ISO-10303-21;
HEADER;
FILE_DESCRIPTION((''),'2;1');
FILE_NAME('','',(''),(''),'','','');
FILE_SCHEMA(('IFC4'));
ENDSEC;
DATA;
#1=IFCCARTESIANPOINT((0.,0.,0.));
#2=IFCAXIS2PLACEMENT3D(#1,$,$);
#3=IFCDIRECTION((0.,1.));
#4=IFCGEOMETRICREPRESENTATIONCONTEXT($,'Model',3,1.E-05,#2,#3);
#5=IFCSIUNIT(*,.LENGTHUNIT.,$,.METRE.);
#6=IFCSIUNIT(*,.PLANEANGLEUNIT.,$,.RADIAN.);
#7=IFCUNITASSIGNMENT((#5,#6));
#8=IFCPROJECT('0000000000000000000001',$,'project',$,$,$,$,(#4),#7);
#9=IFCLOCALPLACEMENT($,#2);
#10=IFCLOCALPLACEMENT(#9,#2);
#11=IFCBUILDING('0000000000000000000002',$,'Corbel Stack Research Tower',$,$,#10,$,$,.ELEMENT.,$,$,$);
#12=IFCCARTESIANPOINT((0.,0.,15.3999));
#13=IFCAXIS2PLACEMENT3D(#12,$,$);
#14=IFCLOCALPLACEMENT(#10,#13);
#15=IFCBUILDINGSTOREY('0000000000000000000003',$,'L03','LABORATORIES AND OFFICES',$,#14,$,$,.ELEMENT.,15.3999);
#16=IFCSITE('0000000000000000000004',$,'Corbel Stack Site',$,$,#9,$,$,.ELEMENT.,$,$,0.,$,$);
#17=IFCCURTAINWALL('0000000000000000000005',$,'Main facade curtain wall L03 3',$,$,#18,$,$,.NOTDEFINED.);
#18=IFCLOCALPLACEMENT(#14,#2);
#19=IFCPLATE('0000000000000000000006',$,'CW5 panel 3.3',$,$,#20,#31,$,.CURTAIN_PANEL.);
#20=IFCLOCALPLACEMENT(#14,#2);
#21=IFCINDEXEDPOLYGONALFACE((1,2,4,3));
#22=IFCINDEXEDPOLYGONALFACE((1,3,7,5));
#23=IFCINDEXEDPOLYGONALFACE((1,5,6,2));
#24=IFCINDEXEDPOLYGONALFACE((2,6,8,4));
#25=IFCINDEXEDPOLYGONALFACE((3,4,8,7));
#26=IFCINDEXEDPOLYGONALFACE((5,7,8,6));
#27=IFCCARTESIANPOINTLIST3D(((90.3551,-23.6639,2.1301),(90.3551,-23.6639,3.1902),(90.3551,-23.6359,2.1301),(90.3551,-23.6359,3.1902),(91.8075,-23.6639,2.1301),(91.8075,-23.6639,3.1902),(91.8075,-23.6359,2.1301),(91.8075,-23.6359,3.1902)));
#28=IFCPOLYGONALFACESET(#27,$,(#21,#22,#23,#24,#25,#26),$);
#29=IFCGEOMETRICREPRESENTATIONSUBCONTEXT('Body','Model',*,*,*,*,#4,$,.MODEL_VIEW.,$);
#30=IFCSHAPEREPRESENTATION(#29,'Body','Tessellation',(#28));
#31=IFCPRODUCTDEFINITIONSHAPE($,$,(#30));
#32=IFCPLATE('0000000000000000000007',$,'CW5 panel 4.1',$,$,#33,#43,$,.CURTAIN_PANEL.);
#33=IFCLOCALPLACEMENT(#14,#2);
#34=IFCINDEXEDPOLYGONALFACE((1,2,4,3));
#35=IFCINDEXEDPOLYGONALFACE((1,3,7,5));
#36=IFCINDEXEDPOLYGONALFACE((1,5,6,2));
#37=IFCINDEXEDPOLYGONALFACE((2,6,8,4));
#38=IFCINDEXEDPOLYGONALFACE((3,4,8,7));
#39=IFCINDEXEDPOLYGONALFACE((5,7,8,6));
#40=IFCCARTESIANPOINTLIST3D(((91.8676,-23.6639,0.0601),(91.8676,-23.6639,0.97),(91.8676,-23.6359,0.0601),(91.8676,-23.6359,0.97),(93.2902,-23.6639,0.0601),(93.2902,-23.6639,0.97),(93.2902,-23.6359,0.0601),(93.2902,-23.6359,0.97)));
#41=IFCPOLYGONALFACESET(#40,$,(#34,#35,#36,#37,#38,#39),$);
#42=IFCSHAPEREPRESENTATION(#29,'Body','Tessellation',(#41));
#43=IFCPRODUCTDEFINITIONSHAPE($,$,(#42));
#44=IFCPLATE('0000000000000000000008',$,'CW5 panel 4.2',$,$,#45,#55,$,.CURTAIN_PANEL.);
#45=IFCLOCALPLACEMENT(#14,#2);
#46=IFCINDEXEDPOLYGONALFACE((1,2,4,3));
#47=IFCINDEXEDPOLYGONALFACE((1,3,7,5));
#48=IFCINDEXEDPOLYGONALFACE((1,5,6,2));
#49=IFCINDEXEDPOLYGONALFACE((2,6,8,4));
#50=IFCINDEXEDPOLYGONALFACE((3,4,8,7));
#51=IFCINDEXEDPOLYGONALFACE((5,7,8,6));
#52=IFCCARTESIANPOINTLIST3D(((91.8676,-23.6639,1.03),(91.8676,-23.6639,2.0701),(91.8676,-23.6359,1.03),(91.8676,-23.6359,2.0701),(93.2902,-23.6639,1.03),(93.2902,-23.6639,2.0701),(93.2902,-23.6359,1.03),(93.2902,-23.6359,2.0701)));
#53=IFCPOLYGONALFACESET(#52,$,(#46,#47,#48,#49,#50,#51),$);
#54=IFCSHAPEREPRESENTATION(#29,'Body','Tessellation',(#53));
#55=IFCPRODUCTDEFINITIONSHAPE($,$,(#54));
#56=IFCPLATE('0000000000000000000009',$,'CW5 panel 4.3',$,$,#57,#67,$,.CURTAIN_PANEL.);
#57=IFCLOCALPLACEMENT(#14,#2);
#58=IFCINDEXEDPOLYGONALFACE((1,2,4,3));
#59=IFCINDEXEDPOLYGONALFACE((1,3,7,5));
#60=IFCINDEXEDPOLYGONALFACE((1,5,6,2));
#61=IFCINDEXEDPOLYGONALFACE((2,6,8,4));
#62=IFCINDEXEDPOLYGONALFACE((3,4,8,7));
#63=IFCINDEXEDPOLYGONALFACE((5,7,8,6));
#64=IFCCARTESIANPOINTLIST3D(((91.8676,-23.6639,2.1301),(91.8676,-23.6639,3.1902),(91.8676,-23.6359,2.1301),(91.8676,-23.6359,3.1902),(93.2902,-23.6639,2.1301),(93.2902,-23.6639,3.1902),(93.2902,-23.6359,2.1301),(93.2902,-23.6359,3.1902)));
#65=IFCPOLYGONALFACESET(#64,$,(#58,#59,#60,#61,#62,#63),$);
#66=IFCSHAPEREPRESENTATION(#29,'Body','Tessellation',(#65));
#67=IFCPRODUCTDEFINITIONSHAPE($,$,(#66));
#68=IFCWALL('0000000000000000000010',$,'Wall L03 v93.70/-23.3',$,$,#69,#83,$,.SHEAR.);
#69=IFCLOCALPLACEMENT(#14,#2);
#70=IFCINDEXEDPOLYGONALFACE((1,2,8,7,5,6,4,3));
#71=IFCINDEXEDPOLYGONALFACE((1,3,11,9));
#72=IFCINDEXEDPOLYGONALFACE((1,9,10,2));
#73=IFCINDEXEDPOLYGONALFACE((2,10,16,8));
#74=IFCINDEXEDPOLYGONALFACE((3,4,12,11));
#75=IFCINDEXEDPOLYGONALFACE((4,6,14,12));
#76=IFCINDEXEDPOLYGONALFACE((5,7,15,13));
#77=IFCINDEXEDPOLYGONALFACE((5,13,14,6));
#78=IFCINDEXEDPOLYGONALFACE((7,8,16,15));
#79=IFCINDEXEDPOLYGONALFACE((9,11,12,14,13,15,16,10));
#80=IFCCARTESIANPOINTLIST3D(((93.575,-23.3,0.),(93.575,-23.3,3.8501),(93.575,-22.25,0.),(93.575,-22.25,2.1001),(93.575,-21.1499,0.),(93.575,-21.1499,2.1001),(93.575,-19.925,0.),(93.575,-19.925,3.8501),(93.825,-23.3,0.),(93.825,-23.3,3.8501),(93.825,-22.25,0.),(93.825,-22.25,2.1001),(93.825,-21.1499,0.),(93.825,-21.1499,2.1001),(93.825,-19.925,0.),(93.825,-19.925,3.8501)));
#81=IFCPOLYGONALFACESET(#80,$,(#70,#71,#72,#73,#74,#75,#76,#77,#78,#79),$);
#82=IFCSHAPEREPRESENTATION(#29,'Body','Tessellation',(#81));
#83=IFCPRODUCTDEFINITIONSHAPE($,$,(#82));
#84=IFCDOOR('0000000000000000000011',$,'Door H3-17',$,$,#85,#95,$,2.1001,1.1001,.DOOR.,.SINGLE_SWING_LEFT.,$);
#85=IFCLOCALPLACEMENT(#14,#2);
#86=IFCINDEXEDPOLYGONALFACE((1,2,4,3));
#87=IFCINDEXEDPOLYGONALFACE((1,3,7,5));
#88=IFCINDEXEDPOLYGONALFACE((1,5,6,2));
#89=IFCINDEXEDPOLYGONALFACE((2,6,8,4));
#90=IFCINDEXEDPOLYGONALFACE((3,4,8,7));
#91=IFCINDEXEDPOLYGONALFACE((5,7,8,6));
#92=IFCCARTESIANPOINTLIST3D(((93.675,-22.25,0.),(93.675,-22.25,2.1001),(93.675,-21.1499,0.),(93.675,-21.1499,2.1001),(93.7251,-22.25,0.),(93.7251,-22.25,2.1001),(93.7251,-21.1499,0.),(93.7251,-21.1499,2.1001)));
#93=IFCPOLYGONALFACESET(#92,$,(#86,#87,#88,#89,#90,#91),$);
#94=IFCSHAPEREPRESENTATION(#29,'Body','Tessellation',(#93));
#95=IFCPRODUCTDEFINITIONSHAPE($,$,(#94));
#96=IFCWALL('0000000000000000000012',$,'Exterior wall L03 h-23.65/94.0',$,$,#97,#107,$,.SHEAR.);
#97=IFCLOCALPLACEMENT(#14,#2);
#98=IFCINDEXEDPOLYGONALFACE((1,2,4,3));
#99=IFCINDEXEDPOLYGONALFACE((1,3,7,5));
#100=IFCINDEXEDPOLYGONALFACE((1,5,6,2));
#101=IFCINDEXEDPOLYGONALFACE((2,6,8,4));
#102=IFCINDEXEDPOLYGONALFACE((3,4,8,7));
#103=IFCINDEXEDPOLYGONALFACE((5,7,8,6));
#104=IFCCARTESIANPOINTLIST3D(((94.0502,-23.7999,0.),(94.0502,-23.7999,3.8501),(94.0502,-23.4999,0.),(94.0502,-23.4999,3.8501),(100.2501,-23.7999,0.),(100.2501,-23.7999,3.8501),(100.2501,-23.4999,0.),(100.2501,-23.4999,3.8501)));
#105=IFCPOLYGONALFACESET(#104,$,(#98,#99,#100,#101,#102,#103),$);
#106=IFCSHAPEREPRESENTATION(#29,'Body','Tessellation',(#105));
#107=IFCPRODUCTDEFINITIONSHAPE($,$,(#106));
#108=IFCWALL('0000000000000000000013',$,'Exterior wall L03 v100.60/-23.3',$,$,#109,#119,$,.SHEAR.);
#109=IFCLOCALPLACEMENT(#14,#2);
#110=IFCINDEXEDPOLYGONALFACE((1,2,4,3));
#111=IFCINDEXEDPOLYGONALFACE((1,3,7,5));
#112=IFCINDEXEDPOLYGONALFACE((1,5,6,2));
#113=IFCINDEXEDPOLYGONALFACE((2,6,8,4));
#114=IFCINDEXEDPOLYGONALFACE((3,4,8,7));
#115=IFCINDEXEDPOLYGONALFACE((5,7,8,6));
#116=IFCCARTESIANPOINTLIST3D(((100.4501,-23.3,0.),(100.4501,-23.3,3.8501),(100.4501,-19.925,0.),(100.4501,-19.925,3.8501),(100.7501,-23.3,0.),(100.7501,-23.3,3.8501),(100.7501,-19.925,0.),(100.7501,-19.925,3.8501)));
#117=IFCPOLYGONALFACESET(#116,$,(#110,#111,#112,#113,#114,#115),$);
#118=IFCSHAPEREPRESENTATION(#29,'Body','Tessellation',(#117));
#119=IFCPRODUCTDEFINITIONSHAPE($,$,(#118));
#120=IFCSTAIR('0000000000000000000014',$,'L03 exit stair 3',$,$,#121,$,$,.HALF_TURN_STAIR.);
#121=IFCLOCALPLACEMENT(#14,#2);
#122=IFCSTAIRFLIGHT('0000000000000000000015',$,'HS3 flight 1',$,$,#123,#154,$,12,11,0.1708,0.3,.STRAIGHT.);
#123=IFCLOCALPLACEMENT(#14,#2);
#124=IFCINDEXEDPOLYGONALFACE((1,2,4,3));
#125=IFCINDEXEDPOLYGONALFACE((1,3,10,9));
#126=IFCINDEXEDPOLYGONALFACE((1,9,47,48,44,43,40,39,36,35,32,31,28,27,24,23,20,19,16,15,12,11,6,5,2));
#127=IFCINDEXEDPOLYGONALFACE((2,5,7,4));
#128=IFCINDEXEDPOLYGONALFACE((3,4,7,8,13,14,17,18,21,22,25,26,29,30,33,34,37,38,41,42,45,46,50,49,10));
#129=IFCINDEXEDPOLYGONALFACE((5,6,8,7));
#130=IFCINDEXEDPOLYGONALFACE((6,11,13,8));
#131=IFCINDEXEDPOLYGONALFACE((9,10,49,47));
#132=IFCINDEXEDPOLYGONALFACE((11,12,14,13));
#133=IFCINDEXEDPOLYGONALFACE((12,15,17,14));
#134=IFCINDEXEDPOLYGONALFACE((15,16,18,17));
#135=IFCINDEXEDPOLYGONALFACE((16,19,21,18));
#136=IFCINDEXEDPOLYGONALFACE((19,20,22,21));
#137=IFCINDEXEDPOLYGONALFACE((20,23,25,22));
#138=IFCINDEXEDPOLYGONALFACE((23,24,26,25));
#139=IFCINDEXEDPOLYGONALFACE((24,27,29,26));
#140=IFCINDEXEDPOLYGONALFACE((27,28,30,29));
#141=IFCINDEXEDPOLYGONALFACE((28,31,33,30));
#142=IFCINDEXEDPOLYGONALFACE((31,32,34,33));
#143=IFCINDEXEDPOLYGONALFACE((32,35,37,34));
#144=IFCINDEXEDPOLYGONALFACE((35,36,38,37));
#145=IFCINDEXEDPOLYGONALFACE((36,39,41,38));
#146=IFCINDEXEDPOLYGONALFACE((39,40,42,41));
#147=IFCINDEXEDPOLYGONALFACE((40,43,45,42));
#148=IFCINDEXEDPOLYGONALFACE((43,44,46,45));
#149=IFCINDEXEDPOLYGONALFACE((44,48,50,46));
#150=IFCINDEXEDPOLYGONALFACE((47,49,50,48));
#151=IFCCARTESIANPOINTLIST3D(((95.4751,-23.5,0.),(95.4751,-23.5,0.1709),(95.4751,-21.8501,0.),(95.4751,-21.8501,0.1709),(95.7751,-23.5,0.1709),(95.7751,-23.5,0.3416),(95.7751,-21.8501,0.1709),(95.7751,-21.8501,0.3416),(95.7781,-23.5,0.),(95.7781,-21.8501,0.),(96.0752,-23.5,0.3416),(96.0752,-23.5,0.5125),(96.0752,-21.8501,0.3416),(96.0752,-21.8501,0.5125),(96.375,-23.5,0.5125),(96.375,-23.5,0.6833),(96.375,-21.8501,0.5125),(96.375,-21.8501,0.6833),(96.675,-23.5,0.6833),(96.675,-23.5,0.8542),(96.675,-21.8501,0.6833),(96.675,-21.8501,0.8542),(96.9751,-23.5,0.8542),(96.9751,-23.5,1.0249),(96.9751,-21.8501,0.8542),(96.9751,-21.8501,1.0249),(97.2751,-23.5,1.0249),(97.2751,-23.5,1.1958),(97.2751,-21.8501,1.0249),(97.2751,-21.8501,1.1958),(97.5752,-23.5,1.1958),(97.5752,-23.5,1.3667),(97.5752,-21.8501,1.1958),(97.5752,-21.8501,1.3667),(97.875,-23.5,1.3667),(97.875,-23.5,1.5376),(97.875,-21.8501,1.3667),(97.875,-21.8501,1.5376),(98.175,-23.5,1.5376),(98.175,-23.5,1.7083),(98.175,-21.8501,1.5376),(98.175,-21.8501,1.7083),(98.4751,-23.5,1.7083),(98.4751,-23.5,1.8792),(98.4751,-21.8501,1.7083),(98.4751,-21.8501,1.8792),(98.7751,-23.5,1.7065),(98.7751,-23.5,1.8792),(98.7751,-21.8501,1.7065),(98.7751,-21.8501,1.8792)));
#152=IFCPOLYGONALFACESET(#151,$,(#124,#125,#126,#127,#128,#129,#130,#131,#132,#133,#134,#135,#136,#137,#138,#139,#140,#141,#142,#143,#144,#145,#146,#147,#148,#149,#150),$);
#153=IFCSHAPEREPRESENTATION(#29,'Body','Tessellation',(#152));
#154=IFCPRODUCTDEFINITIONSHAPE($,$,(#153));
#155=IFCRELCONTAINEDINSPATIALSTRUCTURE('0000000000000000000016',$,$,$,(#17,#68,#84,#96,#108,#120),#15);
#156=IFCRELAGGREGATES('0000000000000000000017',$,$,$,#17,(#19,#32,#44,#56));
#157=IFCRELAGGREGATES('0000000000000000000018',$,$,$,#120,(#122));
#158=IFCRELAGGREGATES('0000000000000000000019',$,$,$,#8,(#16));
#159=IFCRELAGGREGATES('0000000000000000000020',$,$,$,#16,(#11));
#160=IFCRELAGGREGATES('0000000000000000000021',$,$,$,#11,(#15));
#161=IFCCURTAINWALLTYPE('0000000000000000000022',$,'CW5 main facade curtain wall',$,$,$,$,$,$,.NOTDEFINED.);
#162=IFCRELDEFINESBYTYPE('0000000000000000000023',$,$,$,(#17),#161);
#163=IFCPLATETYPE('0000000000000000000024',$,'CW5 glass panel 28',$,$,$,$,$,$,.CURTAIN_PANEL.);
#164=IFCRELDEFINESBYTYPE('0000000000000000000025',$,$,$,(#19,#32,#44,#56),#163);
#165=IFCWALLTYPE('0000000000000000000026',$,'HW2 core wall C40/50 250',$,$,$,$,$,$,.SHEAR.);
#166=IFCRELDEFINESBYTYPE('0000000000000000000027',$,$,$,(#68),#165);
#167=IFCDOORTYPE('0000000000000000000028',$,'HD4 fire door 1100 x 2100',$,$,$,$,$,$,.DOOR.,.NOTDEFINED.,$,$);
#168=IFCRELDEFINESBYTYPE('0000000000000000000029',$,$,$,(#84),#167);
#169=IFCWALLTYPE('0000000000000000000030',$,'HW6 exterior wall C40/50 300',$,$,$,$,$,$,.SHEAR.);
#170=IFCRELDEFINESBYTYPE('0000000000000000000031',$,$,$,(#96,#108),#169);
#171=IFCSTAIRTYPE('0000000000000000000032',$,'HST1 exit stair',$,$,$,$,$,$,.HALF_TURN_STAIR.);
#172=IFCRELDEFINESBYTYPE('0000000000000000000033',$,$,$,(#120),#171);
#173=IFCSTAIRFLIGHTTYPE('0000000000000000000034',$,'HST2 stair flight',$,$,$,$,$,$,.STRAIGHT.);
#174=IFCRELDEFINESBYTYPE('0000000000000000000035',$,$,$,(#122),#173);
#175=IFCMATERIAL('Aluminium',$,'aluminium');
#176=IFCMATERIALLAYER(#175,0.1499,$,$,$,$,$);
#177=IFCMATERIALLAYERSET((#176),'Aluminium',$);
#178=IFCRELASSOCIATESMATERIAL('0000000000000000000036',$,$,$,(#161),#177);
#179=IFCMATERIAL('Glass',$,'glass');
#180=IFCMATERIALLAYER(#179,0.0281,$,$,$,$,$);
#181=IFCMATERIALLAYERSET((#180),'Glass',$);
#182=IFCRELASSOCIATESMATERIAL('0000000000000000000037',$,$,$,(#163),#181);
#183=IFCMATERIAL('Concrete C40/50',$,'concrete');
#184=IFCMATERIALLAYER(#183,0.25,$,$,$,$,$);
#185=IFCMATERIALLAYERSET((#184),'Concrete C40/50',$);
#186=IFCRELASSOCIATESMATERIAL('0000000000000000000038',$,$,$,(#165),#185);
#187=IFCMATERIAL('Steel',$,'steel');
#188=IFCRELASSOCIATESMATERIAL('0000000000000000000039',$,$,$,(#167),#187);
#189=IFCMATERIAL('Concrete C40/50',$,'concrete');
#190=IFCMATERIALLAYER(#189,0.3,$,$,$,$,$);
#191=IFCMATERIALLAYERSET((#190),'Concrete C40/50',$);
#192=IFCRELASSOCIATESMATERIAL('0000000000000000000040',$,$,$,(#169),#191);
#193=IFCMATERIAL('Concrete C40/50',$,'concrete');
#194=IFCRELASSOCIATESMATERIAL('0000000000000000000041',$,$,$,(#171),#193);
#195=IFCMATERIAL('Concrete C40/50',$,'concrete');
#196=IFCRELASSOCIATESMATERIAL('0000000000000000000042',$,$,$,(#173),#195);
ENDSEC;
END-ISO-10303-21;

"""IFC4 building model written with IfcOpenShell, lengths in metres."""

from ifc_helpers import new_model, si_unit, direction, frame, frame_2d, origin, origin_2d, place, context, subcontext, project, spatial, polyline, rectangle, outline, extrude, material, layer, layer_set, type_object, element, fill, aggregate, save


model = new_model("IFC4")

# Units and contexts
model_context = context("Model", 3, precision=1e-05, world=origin(), true_north=direction((0.0, 1.0)))
body_context = subcontext(model_context, "Body", "Model", "MODEL_VIEW")
ifc_project = project(units=[si_unit("LENGTHUNIT", "METRE"), si_unit("PLANEANGLEUNIT", "RADIAN")], contexts=[model_context])

# Site, building, storey
site_placement = place(None, origin())
site = spatial("IfcSite", under=ifc_project, at=site_placement, Name="Corbel Stack Site", CompositionType="ELEMENT", RefElevation=0.0)
building_placement = place(site_placement, origin())
building = spatial("IfcBuilding", under=site, at=building_placement, Name="Corbel Stack Research Tower", CompositionType="ELEMENT")
storey_placement = place(building_placement, frame((0.0, 0.0, 15.3999)))
storey = spatial("IfcBuildingStorey", under=building, at=storey_placement, Name="L03", Description="LABORATORIES AND OFFICES", CompositionType="ELEMENT", Elevation=15.3999)

# Curtain wall
ifc_material_1 = material(Name="Aluminium", Category="aluminium")
ifc_layer_1 = layer(ifc_material_1, 0.1499)
ifc_layer_set_1 = layer_set([ifc_layer_1], Name="Aluminium")
curtain_wall_type = type_object("IfcCurtainWallType", Name="CW5 main facade curtain wall", PredefinedType="NOTDEFINED", material=ifc_layer_set_1)
curtain_wall_placement = place(storey_placement, origin())
curtain_wall = element("IfcCurtainWall", 1, at=curtain_wall_placement, inside=storey, type_object=curtain_wall_type, Name="Main facade curtain wall L03 3", PredefinedType="NOTDEFINED")

# Plates
ifc_material_2 = material(Name="Glass", Category="glass")
ifc_layer_2 = layer(ifc_material_2, 0.0281)
ifc_layer_set_2 = layer_set([ifc_layer_2], Name="Glass")
plate_type = type_object("IfcPlateType", Name="CW5 glass panel 28", PredefinedType="CURTAIN_PANEL", material=ifc_layer_set_2)
plate_1_placement = place(storey_placement, frame((91.0813, -23.6499, 2.1301), z_axis=(0.0, 0.0, 1.0), x_axis=(1.0, 0.0, 0.0)))
plate_1 = element("IfcPlate", 2, at=plate_1_placement, type_object=plate_type, Name="CW5 panel 3.3", PredefinedType="CURTAIN_PANEL", context=body_context, shape_type="SweptSolid", body=[
    extrude(rectangle(XDim=1.4524, YDim=0.0281, at=origin_2d()), origin(), (0.0, 0.0, 1.0), 1.0601),
])
plate_2_placement = place(storey_placement, frame((92.5789, -23.6499, 0.0601), z_axis=(0.0, 0.0, 1.0), x_axis=(1.0, 0.0, 0.0)))
plate_2 = element("IfcPlate", 3, at=plate_2_placement, type_object=plate_type, Name="CW5 panel 4.1", PredefinedType="CURTAIN_PANEL", context=body_context, shape_type="SweptSolid", body=[
    extrude(rectangle(XDim=1.4226, YDim=0.0281, at=origin_2d()), origin(), (0.0, 0.0, 1.0), 0.9099),
])
plate_3_placement = place(storey_placement, frame((92.5789, -23.6499, 1.03), z_axis=(0.0, 0.0, 1.0), x_axis=(1.0, 0.0, 0.0)))
plate_3 = element("IfcPlate", 4, at=plate_3_placement, type_object=plate_type, Name="CW5 panel 4.2", PredefinedType="CURTAIN_PANEL", context=body_context, shape_type="SweptSolid", body=[
    extrude(rectangle(XDim=1.4226, YDim=0.0281, at=origin_2d()), origin(), (0.0, 0.0, 1.0), 1.04),
])
plate_4_placement = place(storey_placement, frame((92.5789, -23.6499, 2.1301), z_axis=(0.0, 0.0, 1.0), x_axis=(1.0, 0.0, 0.0)))
plate_4 = element("IfcPlate", 5, at=plate_4_placement, type_object=plate_type, Name="CW5 panel 4.3", PredefinedType="CURTAIN_PANEL", context=body_context, shape_type="SweptSolid", body=[
    extrude(rectangle(XDim=1.4226, YDim=0.0281, at=origin_2d()), origin(), (0.0, 0.0, 1.0), 1.0601),
])
aggregate(curtain_wall, [plate_1, plate_2, plate_3, plate_4])

# Wall, opening, door
ifc_material_3 = material(Name="Concrete C40/50", Category="concrete")
ifc_layer_3 = layer(ifc_material_3, 0.25)
ifc_layer_set_3 = layer_set([ifc_layer_3], Name="Concrete C40/50")
wall_type_1 = type_object("IfcWallType", Name="HW2 core wall C40/50 250", PredefinedType="SHEAR", material=ifc_layer_set_3)
wall_1_placement = place(storey_placement, frame((93.7, -23.3, 0.0), z_axis=(0.0, 0.0, 1.0), x_axis=(0.0, 1.0, 0.0)))
wall_1 = element("IfcWall", 6, at=wall_1_placement, inside=storey, type_object=wall_type_1, Name="Wall L03 v93.70/-23.3", PredefinedType="SHEAR", context=body_context, shape_type="SweptSolid", body=[
    extrude(rectangle(XDim=3.375, YDim=0.25, at=frame_2d((1.6875, 0.0))), origin(), (0.0, 0.0, 1.0), 3.8501),
])
opening_placement = place(wall_1_placement, frame((1.05, 0.0, 0.0)))
opening = element("IfcOpeningElement", 7, at=opening_placement, cuts=wall_1, PredefinedType="OPENING", context=body_context, shape_type="SweptSolid", body=[
    extrude(rectangle(XDim=1.1001, YDim=2.1001, at=frame_2d((0.55, 1.05))), frame((0.0, 0.135, 0.0), z_axis=(0.0, -1.0, 0.0), x_axis=(1.0, 0.0, 0.0)), (0.0, 0.0, 1.0), 0.27),
])
ifc_material_4 = material(Name="Steel", Category="steel")
door_type = type_object("IfcDoorType", Name="HD4 fire door 1100 x 2100", OperationType="NOTDEFINED", PredefinedType="DOOR", material=ifc_material_4)
door_placement = place(opening_placement, origin())
door = element("IfcDoor", 8, at=door_placement, inside=storey, type_object=door_type, Name="Door H3-17", OperationType="SINGLE_SWING_LEFT", OverallHeight=2.1001, OverallWidth=1.1001, PredefinedType="DOOR", context=body_context, shape_type="SweptSolid", body=[
    extrude(rectangle(XDim=1.1001, YDim=2.1001, at=frame_2d((0.55, 1.05))), frame((0.0, 0.0249, 0.0), z_axis=(0.0, -1.0, 0.0), x_axis=(1.0, 0.0, 0.0)), (0.0, 0.0, 1.0), 0.05),
])
fill(opening, door)

# Walls
ifc_material_5 = material(Name="Concrete C40/50", Category="concrete")
ifc_layer_4 = layer(ifc_material_5, 0.3)
ifc_layer_set_4 = layer_set([ifc_layer_4], Name="Concrete C40/50")
wall_type_2 = type_object("IfcWallType", Name="HW6 exterior wall C40/50 300", PredefinedType="SHEAR", material=ifc_layer_set_4)
wall_2_placement = place(storey_placement, frame((94.05, -23.6499, 0.0), z_axis=(0.0, 0.0, 1.0), x_axis=(1.0, 0.0, 0.0)))
element("IfcWall", 9, at=wall_2_placement, inside=storey, type_object=wall_type_2, Name="Exterior wall L03 h-23.65/94.0", PredefinedType="SHEAR", context=body_context, shape_type="SweptSolid", body=[
    extrude(rectangle(XDim=6.2, YDim=0.3, at=frame_2d((3.1001, 0.0))), origin(), (0.0, 0.0, 1.0), 3.8501),
])
wall_3_placement = place(storey_placement, frame((100.6001, -23.3, 0.0), z_axis=(0.0, 0.0, 1.0), x_axis=(0.0, 1.0, 0.0)))
element("IfcWall", 10, at=wall_3_placement, inside=storey, type_object=wall_type_2, Name="Exterior wall L03 v100.60/-23.3", PredefinedType="SHEAR", context=body_context, shape_type="SweptSolid", body=[
    extrude(rectangle(XDim=3.375, YDim=0.3, at=frame_2d((1.6875, 0.0))), origin(), (0.0, 0.0, 1.0), 3.8501),
])

# Stair, stair flight
ifc_material_6 = material(Name="Concrete C40/50", Category="concrete")
stair_type = type_object("IfcStairType", Name="HST1 exit stair", PredefinedType="HALF_TURN_STAIR", material=ifc_material_6)
stair_placement = place(storey_placement, origin())
stair = element("IfcStair", 11, at=stair_placement, inside=storey, type_object=stair_type, Name="L03 exit stair 3", PredefinedType="HALF_TURN_STAIR")
ifc_material_7 = material(Name="Concrete C40/50", Category="concrete")
stair_flight_type = type_object("IfcStairFlightType", Name="HST2 stair flight", PredefinedType="STRAIGHT", material=ifc_material_7)
stair_flight_placement = place(storey_placement, frame((95.4751, -22.675, 0.0), z_axis=(0.0, 0.0, 1.0), x_axis=(1.0, 0.0, 0.0)))
stair_flight = element("IfcStairFlight", 12, at=stair_flight_placement, type_object=stair_flight_type, Name="HS3 flight 1", NumberOfRisers=12, NumberOfTreads=11, PredefinedType="STRAIGHT", RiserHeight=0.1708, TreadLength=0.3, context=body_context, shape_type="SweptSolid", body=[
    extrude(outline(polyline([(0.0, 0.0), (0.0, 0.1709), (0.3, 0.1709), (0.3, 0.3416), (0.6001, 0.3416), (0.6001, 0.5125), (0.8999, 0.5125), (0.8999, 0.6833), (1.2, 0.6833), (1.2, 0.8542), (1.5, 0.8542), (1.5, 1.0249), (1.8, 1.0249), (1.8, 1.1958), (2.1001, 1.1958), (2.1001, 1.3667), (2.3999, 1.3667), (2.3999, 1.5376), (2.7, 1.5376), (2.7, 1.7083), (3.0, 1.7083), (3.0, 1.8792), (3.3, 1.8792), (3.3, 2.05), (3.3, 1.7065), (0.303, 0.0), (0.0, 0.0)])), frame((0.0, 0.825, 0.0), z_axis=(0.0, -1.0, 0.0), x_axis=(1.0, 0.0, 0.0)), (0.0, 0.0, 1.0), 1.6499),
])
aggregate(stair, [stair_flight])

save(model, "model.ifc")
